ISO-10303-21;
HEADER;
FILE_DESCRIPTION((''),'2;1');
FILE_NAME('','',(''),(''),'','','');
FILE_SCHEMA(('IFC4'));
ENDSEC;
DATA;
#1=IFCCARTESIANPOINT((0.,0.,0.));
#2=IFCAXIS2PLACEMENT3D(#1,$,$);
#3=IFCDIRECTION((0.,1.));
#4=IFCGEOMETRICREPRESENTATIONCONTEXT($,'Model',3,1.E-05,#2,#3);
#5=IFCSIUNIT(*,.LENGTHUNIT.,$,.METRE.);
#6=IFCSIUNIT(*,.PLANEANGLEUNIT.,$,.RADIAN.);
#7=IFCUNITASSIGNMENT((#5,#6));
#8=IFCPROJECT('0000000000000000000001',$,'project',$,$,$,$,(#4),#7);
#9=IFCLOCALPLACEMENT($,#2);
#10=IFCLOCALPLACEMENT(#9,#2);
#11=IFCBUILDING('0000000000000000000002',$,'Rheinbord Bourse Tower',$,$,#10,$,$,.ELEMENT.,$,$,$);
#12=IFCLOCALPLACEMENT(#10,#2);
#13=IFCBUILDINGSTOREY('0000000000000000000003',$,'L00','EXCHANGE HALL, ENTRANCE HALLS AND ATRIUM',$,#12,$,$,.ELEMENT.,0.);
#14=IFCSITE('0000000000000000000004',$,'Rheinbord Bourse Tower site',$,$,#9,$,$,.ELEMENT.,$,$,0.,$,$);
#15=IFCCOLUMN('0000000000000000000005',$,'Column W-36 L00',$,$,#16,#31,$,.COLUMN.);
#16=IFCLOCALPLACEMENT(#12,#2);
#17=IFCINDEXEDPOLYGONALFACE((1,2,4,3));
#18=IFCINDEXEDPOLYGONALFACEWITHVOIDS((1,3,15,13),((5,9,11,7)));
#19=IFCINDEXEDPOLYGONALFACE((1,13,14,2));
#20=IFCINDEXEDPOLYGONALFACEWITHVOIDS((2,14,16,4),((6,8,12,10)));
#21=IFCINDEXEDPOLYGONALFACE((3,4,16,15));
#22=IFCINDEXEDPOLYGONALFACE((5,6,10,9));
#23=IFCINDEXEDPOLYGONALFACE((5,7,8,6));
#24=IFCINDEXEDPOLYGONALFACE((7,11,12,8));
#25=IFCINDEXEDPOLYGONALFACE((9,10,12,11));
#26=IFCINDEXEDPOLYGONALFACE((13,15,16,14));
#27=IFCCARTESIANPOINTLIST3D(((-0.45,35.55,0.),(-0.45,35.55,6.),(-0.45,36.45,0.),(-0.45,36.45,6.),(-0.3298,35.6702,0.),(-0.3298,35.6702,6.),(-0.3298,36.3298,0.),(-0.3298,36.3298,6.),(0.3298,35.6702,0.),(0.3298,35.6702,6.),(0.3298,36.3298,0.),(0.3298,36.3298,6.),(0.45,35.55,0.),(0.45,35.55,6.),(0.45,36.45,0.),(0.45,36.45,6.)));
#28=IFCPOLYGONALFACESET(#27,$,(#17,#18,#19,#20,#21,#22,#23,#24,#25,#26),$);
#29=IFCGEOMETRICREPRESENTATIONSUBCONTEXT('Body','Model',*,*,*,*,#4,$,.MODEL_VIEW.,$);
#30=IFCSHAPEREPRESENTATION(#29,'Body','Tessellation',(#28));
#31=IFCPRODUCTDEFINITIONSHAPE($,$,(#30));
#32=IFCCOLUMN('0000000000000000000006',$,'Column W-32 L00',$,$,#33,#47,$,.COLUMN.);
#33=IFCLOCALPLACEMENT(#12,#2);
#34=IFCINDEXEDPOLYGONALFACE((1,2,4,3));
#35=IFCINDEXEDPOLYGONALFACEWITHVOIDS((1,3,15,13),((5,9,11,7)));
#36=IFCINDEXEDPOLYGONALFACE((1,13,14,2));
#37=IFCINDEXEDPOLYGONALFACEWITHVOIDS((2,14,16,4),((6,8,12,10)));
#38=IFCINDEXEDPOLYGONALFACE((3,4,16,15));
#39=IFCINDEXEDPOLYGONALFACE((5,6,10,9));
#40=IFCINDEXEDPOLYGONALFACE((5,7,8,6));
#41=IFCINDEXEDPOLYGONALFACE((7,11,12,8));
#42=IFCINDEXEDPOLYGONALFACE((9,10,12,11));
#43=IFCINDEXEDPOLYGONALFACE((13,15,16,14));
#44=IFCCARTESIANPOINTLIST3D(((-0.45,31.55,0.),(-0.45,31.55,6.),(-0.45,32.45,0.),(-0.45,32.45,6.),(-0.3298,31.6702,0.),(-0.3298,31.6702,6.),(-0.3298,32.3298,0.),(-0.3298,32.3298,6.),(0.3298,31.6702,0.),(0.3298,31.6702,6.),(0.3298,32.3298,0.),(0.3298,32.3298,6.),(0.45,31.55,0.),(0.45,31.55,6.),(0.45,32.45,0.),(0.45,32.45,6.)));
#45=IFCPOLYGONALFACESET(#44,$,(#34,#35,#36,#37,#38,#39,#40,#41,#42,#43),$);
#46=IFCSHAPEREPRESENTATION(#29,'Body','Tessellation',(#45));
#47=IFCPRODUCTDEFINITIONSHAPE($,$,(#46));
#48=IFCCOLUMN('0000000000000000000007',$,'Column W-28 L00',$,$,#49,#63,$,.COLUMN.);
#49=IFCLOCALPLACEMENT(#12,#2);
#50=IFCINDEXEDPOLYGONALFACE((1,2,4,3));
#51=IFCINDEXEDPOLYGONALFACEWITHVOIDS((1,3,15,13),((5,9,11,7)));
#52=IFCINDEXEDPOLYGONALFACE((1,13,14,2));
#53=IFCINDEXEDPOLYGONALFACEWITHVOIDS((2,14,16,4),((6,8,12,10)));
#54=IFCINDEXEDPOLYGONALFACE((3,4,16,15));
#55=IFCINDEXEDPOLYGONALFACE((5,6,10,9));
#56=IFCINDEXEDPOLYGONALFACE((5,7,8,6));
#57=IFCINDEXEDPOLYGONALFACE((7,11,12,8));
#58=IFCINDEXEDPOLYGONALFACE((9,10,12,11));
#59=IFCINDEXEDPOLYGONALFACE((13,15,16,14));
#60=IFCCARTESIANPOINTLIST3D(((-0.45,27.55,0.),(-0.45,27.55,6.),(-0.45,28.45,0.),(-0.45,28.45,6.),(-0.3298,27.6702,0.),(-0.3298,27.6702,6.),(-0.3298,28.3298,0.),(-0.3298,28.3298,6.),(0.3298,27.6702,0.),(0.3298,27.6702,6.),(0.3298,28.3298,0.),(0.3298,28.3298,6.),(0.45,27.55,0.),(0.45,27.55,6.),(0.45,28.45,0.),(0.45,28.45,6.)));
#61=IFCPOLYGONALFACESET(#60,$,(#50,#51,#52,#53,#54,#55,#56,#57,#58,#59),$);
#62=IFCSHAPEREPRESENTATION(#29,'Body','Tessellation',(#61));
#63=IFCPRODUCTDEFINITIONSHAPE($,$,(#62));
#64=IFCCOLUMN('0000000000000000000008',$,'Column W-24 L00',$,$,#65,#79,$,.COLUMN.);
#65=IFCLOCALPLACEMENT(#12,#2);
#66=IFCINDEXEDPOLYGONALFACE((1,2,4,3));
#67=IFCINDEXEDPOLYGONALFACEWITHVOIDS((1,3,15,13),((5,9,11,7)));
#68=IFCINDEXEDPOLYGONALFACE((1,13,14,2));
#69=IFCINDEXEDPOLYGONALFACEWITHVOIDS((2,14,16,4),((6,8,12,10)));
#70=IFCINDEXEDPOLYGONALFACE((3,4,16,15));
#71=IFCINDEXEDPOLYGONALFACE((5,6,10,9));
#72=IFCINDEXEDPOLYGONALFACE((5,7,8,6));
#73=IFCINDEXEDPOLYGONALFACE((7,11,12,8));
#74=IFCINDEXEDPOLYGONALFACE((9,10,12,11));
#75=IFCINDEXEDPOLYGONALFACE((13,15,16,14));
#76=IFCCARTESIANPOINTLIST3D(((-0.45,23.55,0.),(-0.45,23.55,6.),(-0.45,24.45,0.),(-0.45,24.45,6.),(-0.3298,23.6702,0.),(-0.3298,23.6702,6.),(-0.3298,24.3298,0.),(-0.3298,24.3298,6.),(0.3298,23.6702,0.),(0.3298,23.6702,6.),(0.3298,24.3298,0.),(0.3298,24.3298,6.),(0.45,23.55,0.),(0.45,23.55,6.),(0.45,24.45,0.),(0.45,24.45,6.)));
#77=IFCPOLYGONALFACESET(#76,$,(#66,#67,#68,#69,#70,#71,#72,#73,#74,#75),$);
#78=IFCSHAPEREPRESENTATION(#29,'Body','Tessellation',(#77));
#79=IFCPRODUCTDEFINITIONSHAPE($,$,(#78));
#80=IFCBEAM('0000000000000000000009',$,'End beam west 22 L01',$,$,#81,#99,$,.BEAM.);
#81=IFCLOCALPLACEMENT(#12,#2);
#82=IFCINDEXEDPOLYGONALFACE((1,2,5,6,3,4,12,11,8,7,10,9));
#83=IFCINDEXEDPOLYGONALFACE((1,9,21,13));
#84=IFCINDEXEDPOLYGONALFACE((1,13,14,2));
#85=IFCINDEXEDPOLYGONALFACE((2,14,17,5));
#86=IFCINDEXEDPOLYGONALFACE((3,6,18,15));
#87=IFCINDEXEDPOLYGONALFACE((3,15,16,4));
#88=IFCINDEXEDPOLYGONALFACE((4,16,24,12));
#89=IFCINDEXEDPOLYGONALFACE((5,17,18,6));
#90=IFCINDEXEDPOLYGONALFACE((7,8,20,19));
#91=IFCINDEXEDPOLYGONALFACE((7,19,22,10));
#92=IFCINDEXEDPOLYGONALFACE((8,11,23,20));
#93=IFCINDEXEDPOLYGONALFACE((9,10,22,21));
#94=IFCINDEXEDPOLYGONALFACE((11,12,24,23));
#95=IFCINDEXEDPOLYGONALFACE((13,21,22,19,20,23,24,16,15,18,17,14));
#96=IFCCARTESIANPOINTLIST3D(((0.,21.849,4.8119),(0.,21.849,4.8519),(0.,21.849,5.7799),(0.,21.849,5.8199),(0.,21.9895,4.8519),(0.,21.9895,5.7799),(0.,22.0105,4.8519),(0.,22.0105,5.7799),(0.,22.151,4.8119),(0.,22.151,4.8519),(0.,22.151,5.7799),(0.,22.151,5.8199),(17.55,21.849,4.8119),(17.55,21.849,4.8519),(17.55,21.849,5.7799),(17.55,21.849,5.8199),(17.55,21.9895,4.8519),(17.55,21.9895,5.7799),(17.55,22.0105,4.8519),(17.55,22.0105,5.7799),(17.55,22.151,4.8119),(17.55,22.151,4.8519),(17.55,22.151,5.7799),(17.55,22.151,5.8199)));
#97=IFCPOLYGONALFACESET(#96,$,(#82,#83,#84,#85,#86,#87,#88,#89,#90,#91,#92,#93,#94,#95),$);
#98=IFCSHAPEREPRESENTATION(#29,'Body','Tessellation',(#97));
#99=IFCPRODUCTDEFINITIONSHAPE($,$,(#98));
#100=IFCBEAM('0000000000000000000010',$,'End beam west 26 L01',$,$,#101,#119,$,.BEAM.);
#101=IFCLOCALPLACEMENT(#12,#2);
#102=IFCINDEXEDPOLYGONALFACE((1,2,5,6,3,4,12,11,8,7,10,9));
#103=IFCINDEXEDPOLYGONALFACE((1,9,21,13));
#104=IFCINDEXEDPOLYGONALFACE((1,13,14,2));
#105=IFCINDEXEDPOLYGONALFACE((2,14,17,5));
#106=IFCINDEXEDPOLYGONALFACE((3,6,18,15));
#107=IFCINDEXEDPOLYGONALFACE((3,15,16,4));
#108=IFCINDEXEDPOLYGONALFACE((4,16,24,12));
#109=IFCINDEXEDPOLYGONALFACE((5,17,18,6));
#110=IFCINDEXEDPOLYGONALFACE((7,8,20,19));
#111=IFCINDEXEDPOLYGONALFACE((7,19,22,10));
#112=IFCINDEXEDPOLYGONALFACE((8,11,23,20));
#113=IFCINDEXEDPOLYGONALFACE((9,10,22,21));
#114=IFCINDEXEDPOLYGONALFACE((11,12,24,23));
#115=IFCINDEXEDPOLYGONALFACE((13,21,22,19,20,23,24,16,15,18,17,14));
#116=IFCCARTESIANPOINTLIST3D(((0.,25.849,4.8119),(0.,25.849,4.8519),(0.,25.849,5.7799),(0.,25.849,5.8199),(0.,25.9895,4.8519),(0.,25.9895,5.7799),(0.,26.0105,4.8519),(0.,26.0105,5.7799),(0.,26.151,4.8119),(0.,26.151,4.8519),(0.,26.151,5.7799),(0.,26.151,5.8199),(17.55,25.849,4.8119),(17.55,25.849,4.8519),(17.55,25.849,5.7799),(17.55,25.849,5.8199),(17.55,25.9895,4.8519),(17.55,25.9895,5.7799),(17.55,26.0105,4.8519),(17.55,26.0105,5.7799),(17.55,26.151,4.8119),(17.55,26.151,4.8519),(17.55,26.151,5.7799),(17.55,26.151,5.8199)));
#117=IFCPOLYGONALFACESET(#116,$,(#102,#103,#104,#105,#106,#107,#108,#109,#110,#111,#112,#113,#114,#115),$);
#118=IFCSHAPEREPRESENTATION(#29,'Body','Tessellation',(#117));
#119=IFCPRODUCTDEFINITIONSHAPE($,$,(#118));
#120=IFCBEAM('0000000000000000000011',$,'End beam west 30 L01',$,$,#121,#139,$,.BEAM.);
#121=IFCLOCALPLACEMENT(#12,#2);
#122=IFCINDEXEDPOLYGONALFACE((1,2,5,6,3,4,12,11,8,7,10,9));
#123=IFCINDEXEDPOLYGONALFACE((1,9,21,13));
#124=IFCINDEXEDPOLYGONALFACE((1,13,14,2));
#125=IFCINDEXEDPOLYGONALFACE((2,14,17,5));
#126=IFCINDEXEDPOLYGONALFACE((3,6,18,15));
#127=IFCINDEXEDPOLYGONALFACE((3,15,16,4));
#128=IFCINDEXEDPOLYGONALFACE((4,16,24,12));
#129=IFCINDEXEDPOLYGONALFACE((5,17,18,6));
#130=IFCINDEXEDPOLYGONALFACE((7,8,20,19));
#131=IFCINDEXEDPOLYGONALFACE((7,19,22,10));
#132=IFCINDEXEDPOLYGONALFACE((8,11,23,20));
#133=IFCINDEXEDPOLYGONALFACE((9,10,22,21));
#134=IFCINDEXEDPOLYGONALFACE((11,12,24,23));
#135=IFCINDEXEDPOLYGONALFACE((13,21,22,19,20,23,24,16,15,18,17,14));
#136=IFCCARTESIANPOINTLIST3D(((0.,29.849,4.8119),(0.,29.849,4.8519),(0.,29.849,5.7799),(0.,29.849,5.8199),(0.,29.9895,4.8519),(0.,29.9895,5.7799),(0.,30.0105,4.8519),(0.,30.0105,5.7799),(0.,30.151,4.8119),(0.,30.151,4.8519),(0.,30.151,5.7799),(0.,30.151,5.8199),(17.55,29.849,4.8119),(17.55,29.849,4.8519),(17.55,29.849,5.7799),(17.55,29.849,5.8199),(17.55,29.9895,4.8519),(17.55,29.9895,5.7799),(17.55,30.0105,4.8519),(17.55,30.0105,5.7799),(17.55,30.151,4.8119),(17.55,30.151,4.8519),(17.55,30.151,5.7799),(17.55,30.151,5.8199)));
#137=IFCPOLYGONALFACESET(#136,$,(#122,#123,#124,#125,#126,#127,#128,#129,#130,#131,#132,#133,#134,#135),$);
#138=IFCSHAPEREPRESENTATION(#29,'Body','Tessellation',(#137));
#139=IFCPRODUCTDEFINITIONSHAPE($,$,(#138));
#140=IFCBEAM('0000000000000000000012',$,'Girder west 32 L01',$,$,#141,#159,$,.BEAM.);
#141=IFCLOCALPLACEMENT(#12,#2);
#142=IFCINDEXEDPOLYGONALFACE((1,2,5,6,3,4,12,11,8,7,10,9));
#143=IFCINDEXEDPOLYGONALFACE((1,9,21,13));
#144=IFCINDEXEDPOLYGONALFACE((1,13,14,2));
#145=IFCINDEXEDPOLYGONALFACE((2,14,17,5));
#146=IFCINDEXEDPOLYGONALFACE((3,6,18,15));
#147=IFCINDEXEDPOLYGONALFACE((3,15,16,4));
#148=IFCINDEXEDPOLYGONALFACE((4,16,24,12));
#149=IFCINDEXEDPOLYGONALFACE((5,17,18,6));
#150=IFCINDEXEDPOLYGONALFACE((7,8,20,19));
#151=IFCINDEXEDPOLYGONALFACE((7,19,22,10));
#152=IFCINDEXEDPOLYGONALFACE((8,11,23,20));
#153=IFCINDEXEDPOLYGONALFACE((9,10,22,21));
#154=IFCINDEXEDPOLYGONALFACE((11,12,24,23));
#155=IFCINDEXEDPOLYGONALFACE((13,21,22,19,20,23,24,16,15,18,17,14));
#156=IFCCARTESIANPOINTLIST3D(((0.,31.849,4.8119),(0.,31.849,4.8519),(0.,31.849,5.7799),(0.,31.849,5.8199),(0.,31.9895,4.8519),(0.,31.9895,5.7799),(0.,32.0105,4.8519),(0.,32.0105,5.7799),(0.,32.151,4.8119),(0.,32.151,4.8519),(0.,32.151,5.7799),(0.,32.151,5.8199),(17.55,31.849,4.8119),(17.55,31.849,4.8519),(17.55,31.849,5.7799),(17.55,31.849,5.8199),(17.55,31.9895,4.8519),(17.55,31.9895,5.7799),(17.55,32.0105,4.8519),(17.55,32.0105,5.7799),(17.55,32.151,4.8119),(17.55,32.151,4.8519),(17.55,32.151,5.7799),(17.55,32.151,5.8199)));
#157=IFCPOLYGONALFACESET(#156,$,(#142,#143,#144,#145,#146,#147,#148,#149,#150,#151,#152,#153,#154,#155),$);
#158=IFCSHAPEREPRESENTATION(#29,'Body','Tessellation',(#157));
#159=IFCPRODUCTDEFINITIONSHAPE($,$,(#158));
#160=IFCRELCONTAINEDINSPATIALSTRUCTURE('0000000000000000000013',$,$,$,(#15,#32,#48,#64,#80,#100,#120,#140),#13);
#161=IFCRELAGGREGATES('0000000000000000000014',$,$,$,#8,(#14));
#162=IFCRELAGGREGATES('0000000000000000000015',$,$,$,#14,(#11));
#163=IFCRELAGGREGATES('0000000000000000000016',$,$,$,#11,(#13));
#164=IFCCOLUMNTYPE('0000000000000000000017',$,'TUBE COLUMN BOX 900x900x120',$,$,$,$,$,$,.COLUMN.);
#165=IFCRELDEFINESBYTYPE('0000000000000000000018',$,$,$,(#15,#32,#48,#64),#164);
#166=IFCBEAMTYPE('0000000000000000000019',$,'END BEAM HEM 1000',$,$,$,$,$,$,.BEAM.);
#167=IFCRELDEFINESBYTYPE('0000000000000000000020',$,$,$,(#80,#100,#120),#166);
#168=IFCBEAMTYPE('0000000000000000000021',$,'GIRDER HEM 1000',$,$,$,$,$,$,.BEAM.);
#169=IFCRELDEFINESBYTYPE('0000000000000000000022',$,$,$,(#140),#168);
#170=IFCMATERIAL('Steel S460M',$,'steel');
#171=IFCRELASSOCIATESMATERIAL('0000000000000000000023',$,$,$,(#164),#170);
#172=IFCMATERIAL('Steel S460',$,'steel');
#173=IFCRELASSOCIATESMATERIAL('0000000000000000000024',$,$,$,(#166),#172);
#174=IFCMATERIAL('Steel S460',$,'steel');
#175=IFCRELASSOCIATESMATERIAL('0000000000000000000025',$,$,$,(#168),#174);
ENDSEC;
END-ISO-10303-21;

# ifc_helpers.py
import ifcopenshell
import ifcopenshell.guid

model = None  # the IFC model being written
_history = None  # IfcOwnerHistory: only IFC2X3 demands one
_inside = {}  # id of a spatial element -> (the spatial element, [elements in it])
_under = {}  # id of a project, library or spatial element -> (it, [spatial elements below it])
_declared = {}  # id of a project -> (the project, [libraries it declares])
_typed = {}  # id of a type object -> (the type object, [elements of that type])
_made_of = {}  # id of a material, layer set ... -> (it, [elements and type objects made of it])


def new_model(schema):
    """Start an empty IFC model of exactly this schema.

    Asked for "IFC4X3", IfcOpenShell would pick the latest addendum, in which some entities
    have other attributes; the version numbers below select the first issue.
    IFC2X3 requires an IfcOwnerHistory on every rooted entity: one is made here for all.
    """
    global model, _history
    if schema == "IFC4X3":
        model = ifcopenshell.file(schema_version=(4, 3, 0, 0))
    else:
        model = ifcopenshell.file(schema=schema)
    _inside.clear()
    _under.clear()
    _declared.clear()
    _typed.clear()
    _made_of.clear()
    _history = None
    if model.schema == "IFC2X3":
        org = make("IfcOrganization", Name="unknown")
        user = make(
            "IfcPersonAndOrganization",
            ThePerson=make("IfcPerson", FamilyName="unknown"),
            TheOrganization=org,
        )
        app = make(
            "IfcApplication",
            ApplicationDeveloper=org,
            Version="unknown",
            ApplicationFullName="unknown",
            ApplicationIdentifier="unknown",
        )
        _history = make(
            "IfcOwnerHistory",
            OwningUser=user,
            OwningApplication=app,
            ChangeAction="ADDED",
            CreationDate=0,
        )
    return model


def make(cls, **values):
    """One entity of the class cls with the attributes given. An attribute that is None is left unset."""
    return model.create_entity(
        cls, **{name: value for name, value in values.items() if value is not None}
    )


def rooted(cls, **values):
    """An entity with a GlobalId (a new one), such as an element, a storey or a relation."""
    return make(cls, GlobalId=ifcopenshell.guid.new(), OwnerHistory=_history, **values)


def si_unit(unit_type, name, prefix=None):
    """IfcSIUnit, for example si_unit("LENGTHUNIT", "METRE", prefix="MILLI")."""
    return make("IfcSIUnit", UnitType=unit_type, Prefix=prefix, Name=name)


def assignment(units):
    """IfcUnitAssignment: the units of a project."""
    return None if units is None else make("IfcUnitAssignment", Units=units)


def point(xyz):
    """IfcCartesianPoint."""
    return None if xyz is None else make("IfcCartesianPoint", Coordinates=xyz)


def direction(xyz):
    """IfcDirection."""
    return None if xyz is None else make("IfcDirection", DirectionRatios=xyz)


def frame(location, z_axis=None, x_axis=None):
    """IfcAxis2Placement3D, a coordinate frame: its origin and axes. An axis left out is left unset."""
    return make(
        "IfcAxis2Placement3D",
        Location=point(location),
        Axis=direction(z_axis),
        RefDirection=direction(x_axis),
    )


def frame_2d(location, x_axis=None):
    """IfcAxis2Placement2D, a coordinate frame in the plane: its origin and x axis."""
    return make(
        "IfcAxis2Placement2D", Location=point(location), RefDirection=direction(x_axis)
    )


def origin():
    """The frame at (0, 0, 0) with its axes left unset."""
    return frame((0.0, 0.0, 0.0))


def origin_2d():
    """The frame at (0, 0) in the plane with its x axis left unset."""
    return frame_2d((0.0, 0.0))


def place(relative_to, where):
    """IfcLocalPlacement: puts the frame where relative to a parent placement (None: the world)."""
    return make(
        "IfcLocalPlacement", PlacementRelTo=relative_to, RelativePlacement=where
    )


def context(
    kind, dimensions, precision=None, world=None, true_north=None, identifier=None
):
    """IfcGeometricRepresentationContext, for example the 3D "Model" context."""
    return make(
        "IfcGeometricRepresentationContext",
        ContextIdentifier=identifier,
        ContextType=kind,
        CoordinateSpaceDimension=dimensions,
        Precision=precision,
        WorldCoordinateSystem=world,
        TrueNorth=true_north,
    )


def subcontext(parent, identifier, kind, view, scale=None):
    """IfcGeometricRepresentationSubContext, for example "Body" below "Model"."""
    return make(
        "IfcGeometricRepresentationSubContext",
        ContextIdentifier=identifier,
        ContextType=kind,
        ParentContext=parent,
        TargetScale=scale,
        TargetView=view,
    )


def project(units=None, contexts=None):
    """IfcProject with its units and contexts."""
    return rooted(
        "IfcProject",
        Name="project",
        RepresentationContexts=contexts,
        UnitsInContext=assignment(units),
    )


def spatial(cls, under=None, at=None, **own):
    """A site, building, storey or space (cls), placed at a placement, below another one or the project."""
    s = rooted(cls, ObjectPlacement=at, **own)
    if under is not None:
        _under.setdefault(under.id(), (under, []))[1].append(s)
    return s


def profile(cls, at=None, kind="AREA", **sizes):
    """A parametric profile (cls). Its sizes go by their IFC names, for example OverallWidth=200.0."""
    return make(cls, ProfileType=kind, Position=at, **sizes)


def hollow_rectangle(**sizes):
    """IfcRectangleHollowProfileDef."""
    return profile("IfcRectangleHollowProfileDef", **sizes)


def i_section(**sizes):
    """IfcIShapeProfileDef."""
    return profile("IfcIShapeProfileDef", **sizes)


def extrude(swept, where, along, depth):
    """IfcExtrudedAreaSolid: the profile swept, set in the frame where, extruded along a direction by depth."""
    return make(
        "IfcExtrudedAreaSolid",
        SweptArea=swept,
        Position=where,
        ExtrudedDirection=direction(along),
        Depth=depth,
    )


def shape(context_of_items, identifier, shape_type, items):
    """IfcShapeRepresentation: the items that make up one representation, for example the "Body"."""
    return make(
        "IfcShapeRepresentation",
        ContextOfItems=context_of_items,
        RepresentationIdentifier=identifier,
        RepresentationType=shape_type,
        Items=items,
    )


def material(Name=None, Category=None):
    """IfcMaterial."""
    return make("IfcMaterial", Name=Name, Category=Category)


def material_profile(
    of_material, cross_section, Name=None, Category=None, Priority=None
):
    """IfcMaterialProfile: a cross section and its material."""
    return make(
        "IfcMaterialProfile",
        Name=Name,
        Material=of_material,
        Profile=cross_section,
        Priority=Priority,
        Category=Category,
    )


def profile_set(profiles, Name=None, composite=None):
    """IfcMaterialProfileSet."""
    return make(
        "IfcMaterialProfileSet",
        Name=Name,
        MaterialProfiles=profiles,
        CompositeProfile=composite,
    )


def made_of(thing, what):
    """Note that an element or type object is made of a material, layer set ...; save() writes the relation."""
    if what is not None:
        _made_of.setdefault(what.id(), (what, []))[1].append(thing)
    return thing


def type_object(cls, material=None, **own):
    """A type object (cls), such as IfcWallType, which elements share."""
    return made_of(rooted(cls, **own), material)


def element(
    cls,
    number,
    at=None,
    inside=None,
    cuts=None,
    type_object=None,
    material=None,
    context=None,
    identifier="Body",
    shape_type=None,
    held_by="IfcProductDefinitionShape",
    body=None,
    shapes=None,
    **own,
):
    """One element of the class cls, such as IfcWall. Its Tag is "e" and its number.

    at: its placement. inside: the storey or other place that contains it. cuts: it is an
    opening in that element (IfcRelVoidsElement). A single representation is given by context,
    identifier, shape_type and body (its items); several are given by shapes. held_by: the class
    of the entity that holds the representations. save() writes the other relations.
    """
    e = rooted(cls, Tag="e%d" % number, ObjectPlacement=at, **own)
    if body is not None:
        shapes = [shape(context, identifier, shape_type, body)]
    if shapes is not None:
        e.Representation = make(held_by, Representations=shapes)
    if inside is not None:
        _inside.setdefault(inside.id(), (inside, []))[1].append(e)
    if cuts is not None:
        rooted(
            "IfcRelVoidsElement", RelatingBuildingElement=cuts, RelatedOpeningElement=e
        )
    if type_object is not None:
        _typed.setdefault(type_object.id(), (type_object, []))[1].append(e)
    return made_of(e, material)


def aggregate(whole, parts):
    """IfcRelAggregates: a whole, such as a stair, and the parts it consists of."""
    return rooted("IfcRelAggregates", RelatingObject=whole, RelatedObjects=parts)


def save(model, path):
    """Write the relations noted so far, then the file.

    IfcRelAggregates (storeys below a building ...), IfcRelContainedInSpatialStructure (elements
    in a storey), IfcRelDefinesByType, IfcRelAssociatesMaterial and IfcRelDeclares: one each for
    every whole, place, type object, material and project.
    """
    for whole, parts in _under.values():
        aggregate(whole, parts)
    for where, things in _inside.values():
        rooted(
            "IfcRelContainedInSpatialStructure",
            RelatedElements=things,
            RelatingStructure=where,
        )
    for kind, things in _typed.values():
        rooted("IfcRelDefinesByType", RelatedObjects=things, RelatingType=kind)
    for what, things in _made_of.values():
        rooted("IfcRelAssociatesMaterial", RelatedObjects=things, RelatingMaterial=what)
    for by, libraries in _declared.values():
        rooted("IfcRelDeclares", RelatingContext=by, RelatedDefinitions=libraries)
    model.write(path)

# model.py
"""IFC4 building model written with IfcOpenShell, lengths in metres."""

from ifc_helpers import new_model, si_unit, direction, frame, origin, origin_2d, place, context, subcontext, project, spatial, hollow_rectangle, i_section, extrude, material, material_profile, profile_set, type_object, element, save


model = new_model("IFC4")

# Units and contexts
model_context = context("Model", 3, precision=1e-05, world=origin(), true_north=direction((0.0, 1.0)))
body_context = subcontext(model_context, "Body", "Model", "MODEL_VIEW")
ifc_project = project(units=[si_unit("LENGTHUNIT", "METRE"), si_unit("PLANEANGLEUNIT", "RADIAN")], contexts=[model_context])

# Site, building, storey
site_placement = place(None, origin())
site = spatial("IfcSite", under=ifc_project, at=site_placement, Name="Rheinbord Bourse Tower site", CompositionType="ELEMENT", RefElevation=0.0)
building_placement = place(site_placement, origin())
building = spatial("IfcBuilding", under=site, at=building_placement, Name="Rheinbord Bourse Tower", CompositionType="ELEMENT")
storey_placement = place(building_placement, origin())
storey = spatial("IfcBuildingStorey", under=building, at=storey_placement, Name="L00", Description="EXCHANGE HALL, ENTRANCE HALLS AND ATRIUM", CompositionType="ELEMENT", Elevation=0.0)

# Columns
ifc_material_1 = material(Name="Steel S460M", Category="steel")
ifc_material_profile_1 = material_profile(ifc_material_1, hollow_rectangle(XDim=0.8999, YDim=0.8999, WallThickness=0.1201, at=origin_2d()), Name="BOX 900x900x120")
ifc_profile_set_1 = profile_set([ifc_material_profile_1], Name="Steel S460M")
column_type = type_object("IfcColumnType", Name="TUBE COLUMN BOX 900x900x120", PredefinedType="COLUMN", material=ifc_profile_set_1)
for number, where, z_axis, x_axis, name in (
    (1, (0.0, 36.0, 0.0), (0.0, 0.0, 1.0), (1.0, 0.0, 0.0), "Column W-36 L00"),
    (2, (0.0, 32.0, 0.0), (0.0, 0.0, 1.0), (1.0, 0.0, 0.0), "Column W-32 L00"),
    (3, (0.0, 28.0, 0.0), (0.0, 0.0, 1.0), (1.0, 0.0, 0.0), "Column W-28 L00"),
    (4, (0.0, 24.0, 0.0), (0.0, 0.0, 1.0), (1.0, 0.0, 0.0), "Column W-24 L00"),
):
    element("IfcColumn", number, at=place(storey_placement, frame(where, z_axis=z_axis, x_axis=x_axis)), inside=storey, type_object=column_type, Name=name, PredefinedType="COLUMN", context=body_context, shape_type="SweptSolid", body=[
        extrude(hollow_rectangle(XDim=0.8999, YDim=0.8999, WallThickness=0.1201, at=origin_2d()), origin(), (0.0, 0.0, 1.0), 6.0),
    ])

# Beams
ifc_material_2 = material(Name="Steel S460", Category="steel")
ifc_material_profile_2 = material_profile(ifc_material_2, i_section(OverallWidth=0.302, OverallDepth=1.0081, WebThickness=0.021, FlangeThickness=0.04, at=origin_2d()), Name="HEM 1000")
ifc_profile_set_2 = profile_set([ifc_material_profile_2], Name="Steel S460")
beam_type_1 = type_object("IfcBeamType", Name="END BEAM HEM 1000", PredefinedType="BEAM", material=ifc_profile_set_2)
for number, where, z_axis, x_axis, name in (
    (5, (0.0, 22.0, 5.3159), (1.0, 0.0, 0.0), (0.0, 1.0, 0.0), "End beam west 22 L01"),
    (6, (0.0, 26.0, 5.3159), (1.0, 0.0, 0.0), (0.0, 1.0, 0.0), "End beam west 26 L01"),
    (7, (0.0, 30.0, 5.3159), (1.0, 0.0, 0.0), (0.0, 1.0, 0.0), "End beam west 30 L01"),
):
    element("IfcBeam", number, at=place(storey_placement, frame(where, z_axis=z_axis, x_axis=x_axis)), inside=storey, type_object=beam_type_1, Name=name, PredefinedType="BEAM", context=body_context, shape_type="SweptSolid", body=[
        extrude(i_section(OverallWidth=0.302, OverallDepth=1.0081, WebThickness=0.021, FlangeThickness=0.04, at=origin_2d()), origin(), (0.0, 0.0, 1.0), 17.55),
    ])
ifc_material_3 = material(Name="Steel S460", Category="steel")
ifc_material_profile_3 = material_profile(ifc_material_3, i_section(OverallWidth=0.302, OverallDepth=1.0081, WebThickness=0.021, FlangeThickness=0.04, at=origin_2d()), Name="HEM 1000")
ifc_profile_set_3 = profile_set([ifc_material_profile_3], Name="Steel S460")
beam_type_2 = type_object("IfcBeamType", Name="GIRDER HEM 1000", PredefinedType="BEAM", material=ifc_profile_set_3)
beam_1_placement = place(storey_placement, frame((0.0, 32.0, 5.3159), z_axis=(1.0, 0.0, 0.0), x_axis=(0.0, 1.0, 0.0)))
element("IfcBeam", 8, at=beam_1_placement, inside=storey, type_object=beam_type_2, Name="Girder west 32 L01", PredefinedType="BEAM", context=body_context, shape_type="SweptSolid", body=[
    extrude(i_section(OverallWidth=0.302, OverallDepth=1.0081, WebThickness=0.021, FlangeThickness=0.04, at=origin_2d()), origin(), (0.0, 0.0, 1.0), 17.55),
])

save(model, "model.ifc")
